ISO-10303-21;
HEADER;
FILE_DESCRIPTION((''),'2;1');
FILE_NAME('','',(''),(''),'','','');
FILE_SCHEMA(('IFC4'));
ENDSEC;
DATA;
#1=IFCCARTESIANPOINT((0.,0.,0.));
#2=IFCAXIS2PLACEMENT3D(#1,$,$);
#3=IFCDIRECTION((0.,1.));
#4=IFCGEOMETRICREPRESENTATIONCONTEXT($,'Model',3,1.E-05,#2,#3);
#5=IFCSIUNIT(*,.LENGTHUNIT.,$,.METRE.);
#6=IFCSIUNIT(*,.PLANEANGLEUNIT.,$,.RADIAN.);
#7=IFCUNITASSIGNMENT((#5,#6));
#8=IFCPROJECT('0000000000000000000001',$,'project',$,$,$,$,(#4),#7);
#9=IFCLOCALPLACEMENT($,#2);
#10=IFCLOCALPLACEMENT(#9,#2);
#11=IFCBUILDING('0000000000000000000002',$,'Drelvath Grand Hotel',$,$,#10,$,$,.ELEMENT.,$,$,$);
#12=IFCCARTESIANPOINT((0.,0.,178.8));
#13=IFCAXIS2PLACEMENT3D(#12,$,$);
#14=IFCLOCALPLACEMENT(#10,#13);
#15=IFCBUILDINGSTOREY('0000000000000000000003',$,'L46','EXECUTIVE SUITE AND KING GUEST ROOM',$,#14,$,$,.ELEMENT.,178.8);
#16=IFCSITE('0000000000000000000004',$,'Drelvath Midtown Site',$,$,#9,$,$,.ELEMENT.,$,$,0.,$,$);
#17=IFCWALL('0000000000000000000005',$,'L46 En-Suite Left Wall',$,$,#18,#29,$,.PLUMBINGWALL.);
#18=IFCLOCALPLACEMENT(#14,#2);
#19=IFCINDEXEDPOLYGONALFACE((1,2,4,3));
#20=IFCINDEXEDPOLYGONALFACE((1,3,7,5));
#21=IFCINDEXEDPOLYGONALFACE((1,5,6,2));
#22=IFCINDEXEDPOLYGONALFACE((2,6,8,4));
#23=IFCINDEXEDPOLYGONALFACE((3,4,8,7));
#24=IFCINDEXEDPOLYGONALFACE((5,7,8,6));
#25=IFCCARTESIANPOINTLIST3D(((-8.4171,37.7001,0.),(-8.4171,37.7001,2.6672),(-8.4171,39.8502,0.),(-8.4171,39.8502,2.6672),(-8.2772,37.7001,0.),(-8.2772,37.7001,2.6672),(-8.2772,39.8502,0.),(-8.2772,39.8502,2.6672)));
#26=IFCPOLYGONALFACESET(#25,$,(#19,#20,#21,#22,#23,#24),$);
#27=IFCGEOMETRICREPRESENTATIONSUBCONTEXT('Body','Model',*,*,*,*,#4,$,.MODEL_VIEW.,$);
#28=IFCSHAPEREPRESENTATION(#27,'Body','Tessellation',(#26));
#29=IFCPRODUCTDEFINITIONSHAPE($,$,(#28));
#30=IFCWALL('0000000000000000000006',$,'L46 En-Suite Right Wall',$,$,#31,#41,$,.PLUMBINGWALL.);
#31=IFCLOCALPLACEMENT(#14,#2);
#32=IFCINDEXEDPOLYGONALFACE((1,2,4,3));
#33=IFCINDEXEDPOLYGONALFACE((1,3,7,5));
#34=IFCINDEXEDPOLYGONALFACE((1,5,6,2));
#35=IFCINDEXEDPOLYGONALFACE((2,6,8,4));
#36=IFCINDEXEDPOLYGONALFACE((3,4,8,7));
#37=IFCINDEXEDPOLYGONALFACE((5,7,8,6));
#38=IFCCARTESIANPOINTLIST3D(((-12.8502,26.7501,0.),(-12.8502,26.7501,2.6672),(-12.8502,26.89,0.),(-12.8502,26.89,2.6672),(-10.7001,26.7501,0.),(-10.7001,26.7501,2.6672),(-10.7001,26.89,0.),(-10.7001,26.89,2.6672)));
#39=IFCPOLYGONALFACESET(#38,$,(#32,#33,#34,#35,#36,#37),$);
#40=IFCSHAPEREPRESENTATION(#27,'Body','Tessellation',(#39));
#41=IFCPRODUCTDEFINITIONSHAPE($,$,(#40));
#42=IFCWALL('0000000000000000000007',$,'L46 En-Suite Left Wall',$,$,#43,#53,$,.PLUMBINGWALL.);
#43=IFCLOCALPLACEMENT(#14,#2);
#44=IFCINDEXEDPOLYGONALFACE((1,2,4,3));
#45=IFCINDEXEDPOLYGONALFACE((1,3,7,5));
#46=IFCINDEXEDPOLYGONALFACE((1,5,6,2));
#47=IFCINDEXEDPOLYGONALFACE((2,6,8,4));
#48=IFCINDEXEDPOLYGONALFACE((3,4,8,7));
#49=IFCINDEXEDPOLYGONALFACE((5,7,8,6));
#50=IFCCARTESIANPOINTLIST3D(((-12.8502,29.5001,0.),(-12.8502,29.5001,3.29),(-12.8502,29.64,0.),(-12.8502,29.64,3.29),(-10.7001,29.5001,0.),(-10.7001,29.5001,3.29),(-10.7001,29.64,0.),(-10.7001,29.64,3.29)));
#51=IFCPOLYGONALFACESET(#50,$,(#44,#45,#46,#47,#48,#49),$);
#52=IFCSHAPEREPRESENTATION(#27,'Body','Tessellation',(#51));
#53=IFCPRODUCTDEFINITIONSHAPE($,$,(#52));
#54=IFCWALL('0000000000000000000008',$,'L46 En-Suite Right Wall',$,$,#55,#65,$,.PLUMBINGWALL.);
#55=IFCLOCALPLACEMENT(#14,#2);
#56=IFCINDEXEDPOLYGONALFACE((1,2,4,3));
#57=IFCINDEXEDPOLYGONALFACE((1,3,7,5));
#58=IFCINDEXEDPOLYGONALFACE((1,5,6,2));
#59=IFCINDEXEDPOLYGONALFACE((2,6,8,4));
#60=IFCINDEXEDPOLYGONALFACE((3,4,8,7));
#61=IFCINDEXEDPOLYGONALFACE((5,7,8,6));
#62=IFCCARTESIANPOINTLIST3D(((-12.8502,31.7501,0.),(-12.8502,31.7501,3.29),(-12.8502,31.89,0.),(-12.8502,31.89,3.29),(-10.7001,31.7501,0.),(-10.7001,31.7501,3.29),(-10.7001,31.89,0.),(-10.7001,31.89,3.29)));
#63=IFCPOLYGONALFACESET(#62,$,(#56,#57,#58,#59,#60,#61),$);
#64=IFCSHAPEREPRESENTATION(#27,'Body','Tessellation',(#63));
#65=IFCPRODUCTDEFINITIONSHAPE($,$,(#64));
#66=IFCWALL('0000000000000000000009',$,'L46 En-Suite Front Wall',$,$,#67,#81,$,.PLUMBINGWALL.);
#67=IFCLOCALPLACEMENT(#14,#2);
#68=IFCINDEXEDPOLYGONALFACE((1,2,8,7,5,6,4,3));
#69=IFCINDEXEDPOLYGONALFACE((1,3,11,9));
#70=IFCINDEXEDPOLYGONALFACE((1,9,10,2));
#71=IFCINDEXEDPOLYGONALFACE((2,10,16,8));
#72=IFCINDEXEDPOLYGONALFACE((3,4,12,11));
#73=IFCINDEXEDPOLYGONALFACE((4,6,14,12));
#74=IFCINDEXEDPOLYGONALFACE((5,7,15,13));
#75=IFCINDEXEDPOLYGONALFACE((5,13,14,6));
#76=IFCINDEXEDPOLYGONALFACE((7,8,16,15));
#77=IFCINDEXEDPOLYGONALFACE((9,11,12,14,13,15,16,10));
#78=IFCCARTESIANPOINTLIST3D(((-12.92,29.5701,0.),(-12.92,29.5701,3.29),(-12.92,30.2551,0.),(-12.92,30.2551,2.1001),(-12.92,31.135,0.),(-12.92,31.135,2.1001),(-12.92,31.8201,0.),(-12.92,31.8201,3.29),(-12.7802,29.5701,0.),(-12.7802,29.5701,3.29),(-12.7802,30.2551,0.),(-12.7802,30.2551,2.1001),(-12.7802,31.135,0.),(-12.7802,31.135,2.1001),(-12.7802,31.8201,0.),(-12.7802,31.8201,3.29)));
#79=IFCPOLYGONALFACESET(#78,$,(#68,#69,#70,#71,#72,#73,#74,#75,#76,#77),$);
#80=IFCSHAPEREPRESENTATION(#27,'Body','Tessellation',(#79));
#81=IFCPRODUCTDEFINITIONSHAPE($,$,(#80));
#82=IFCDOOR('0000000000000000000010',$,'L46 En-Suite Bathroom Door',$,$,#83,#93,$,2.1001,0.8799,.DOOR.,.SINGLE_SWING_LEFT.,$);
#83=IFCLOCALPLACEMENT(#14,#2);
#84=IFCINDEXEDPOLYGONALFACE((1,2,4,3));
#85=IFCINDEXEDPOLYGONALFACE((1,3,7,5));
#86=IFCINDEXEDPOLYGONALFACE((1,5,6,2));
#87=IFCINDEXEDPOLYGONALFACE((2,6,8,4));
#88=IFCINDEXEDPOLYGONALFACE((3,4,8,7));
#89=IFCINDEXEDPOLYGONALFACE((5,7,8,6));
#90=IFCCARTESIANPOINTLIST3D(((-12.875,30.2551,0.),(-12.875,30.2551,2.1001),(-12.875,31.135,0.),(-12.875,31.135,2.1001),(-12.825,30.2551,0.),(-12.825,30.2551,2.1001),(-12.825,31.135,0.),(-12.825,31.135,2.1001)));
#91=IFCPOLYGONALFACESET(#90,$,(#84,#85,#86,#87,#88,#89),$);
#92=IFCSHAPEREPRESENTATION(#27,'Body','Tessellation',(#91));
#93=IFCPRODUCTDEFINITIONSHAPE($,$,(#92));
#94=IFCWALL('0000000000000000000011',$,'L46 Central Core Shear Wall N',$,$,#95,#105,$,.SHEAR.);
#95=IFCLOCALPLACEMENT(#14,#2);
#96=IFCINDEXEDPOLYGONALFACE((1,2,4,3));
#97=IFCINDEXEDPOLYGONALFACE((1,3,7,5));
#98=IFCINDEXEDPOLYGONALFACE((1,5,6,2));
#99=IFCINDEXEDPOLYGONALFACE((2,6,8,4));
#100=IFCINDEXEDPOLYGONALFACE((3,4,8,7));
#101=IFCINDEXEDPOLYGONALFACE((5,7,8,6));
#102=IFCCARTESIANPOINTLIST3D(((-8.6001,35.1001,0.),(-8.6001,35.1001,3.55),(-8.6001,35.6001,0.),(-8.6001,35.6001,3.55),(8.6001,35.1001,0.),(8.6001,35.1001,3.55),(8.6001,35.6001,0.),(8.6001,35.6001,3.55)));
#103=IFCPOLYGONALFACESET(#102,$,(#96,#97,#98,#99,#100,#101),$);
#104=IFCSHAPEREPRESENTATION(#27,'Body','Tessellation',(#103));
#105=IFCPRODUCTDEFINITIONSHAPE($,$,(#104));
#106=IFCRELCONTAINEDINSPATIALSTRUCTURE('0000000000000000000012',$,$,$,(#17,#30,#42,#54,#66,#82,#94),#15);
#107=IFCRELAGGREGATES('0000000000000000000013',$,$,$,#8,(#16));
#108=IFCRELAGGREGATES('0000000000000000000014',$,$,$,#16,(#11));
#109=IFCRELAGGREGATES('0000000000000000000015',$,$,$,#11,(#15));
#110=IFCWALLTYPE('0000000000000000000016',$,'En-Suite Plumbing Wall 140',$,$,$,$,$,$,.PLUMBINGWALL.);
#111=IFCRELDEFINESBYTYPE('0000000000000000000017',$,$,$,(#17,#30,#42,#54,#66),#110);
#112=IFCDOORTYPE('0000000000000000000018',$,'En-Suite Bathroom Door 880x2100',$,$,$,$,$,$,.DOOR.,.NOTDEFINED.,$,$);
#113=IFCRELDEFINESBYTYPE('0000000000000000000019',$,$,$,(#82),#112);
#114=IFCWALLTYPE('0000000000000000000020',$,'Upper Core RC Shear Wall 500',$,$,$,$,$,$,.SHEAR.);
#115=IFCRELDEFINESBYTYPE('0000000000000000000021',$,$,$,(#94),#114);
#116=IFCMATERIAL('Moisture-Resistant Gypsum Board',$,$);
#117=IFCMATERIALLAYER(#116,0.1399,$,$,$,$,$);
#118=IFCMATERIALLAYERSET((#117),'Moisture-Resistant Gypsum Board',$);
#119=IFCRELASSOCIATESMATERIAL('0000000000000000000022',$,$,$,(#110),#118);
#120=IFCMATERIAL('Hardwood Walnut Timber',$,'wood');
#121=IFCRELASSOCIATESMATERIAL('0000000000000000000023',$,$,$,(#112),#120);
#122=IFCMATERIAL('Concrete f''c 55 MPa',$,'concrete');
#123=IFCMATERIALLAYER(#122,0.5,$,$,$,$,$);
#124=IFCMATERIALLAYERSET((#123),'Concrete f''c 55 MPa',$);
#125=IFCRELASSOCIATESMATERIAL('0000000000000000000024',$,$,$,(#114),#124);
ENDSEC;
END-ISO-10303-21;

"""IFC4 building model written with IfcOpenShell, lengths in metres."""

from ifc_helpers import new_model, si_unit, direction, frame, frame_2d, origin, place, context, subcontext, project, spatial, rectangle, extrude, material, layer, layer_set, type_object, element, fill, save


model = new_model("IFC4")

# Units and contexts
model_context = context("Model", 3, precision=1e-05, world=origin(), true_north=direction((0.0, 1.0)))
body_context = subcontext(model_context, "Body", "Model", "MODEL_VIEW")
ifc_project = project(units=[si_unit("LENGTHUNIT", "METRE"), si_unit("PLANEANGLEUNIT", "RADIAN")], contexts=[model_context])

# Site, building, storey
site_placement = place(None, origin())
site = spatial("IfcSite", under=ifc_project, at=site_placement, Name="Drelvath Midtown Site", CompositionType="ELEMENT", RefElevation=0.0)
building_placement = place(site_placement, origin())
building = spatial("IfcBuilding", under=site, at=building_placement, Name="Drelvath Grand Hotel", CompositionType="ELEMENT")
storey_placement = place(building_placement, frame((0.0, 0.0, 178.8)))
storey = spatial("IfcBuildingStorey", under=building, at=storey_placement, Name="L46", Description="EXECUTIVE SUITE AND KING GUEST ROOM", CompositionType="ELEMENT", Elevation=178.8)

# Shared definitions
ifc_material_1 = material(Name="Concrete f'c 55 MPa", Category="concrete")

# Walls
ifc_material_2 = material(Name="Moisture-Resistant Gypsum Board")
ifc_layer_1 = layer(ifc_material_2, 0.1399)
ifc_layer_set_1 = layer_set([ifc_layer_1], Name="Moisture-Resistant Gypsum Board")
wall_type_1 = type_object("IfcWallType", Name="En-Suite Plumbing Wall 140", PredefinedType="PLUMBINGWALL", material=ifc_layer_set_1)
for number, where, z_axis, x_axis, name in (
    (1, (-8.3472, 37.7, 0.0), (0.0, 0.0, 1.0), (0.0, 1.0, 0.0), "L46 En-Suite Left Wall"),
    (2, (-10.7, 26.8201, 0.0), (0.0, 0.0, 1.0), (-1.0, 0.0, 0.0), "L46 En-Suite Right Wall"),
):
    element("IfcWall", number, at=place(storey_placement, frame(where, z_axis=z_axis, x_axis=x_axis)), inside=storey, type_object=wall_type_1, Name=name, PredefinedType="PLUMBINGWALL", context=body_context, shape_type="SweptSolid", body=[
        extrude(rectangle(XDim=2.1501, YDim=0.1399, at=frame_2d((1.0752, 0.0))), origin(), (0.0, 0.0, 1.0), 2.6672),
    ])
for number, where, z_axis, x_axis, name in (
    (3, (-10.7, 29.5701, 0.0), (0.0, 0.0, 1.0), (-1.0, 0.0, 0.0), "L46 En-Suite Left Wall"),
    (4, (-10.7, 31.8201, 0.0), (0.0, 0.0, 1.0), (-1.0, 0.0, 0.0), "L46 En-Suite Right Wall"),
):
    element("IfcWall", number, at=place(storey_placement, frame(where, z_axis=z_axis, x_axis=x_axis)), inside=storey, type_object=wall_type_1, Name=name, PredefinedType="PLUMBINGWALL", context=body_context, shape_type="SweptSolid", body=[
        extrude(rectangle(XDim=2.1501, YDim=0.1399, at=frame_2d((1.0752, 0.0))), origin(), (0.0, 0.0, 1.0), 3.29),
    ])

# Wall, opening, door
wall_1_placement = place(storey_placement, frame((-12.8501, 29.5701, 0.0), z_axis=(0.0, 0.0, 1.0), x_axis=(0.0, 1.0, 0.0)))
wall_1 = element("IfcWall", 5, at=wall_1_placement, inside=storey, type_object=wall_type_1, Name="L46 En-Suite Front Wall", PredefinedType="PLUMBINGWALL", context=body_context, shape_type="SweptSolid", body=[
    extrude(rectangle(XDim=2.25, YDim=0.1399, at=frame_2d((1.125, 0.0))), origin(), (0.0, 0.0, 1.0), 3.29),
])
opening_1_placement = place(wall_1_placement, frame((0.6851, 0.0, 0.0)))
opening_1 = element("IfcOpeningElement", 6, at=opening_1_placement, cuts=wall_1, PredefinedType="OPENING", context=body_context, shape_type="SweptSolid", body=[
    extrude(rectangle(XDim=0.8799, YDim=2.1001, at=frame_2d((0.4399, 1.05))), frame((0.0, 0.0798, 0.0), z_axis=(0.0, -1.0, 0.0), x_axis=(1.0, 0.0, 0.0)), (0.0, 0.0, 1.0), 0.1599),
])
ifc_material_3 = material(Name="Hardwood Walnut Timber", Category="wood")
door_type_1 = type_object("IfcDoorType", Name="En-Suite Bathroom Door 880x2100", OperationType="NOTDEFINED", PredefinedType="DOOR", material=ifc_material_3)
door_1_placement = place(opening_1_placement, origin())
door_1 = element("IfcDoor", 7, at=door_1_placement, inside=storey, type_object=door_type_1, Name="L46 En-Suite Bathroom Door", OperationType="SINGLE_SWING_LEFT", OverallHeight=2.1001, OverallWidth=0.8799, PredefinedType="DOOR", context=body_context, shape_type="SweptSolid", body=[
    extrude(rectangle(XDim=0.8799, YDim=2.1001, at=frame_2d((0.4399, 1.05))), frame((0.0, 0.0249, 0.0), z_axis=(0.0, -1.0, 0.0), x_axis=(1.0, 0.0, 0.0)), (0.0, 0.0, 1.0), 0.05),
])
fill(opening_1, door_1)

# Wall
ifc_layer_2 = layer(ifc_material_1, 0.5)
ifc_layer_set_2 = layer_set([ifc_layer_2], Name="Concrete f'c 55 MPa")
wall_type_2 = type_object("IfcWallType", Name="Upper Core RC Shear Wall 500", PredefinedType="SHEAR", material=ifc_layer_set_2)
wall_2_placement = place(storey_placement, frame((-8.6001, 35.3501, 0.0), z_axis=(0.0, 0.0, 1.0), x_axis=(1.0, 0.0, 0.0)))
element("IfcWall", 8, at=wall_2_placement, inside=storey, type_object=wall_type_2, Name="L46 Central Core Shear Wall N", PredefinedType="SHEAR", context=body_context, shape_type="SweptSolid", body=[
    extrude(rectangle(XDim=17.2002, YDim=0.5, at=frame_2d((8.6001, 0.0))), origin(), (0.0, 0.0, 1.0), 3.55),
])

save(model, "model.ifc")
